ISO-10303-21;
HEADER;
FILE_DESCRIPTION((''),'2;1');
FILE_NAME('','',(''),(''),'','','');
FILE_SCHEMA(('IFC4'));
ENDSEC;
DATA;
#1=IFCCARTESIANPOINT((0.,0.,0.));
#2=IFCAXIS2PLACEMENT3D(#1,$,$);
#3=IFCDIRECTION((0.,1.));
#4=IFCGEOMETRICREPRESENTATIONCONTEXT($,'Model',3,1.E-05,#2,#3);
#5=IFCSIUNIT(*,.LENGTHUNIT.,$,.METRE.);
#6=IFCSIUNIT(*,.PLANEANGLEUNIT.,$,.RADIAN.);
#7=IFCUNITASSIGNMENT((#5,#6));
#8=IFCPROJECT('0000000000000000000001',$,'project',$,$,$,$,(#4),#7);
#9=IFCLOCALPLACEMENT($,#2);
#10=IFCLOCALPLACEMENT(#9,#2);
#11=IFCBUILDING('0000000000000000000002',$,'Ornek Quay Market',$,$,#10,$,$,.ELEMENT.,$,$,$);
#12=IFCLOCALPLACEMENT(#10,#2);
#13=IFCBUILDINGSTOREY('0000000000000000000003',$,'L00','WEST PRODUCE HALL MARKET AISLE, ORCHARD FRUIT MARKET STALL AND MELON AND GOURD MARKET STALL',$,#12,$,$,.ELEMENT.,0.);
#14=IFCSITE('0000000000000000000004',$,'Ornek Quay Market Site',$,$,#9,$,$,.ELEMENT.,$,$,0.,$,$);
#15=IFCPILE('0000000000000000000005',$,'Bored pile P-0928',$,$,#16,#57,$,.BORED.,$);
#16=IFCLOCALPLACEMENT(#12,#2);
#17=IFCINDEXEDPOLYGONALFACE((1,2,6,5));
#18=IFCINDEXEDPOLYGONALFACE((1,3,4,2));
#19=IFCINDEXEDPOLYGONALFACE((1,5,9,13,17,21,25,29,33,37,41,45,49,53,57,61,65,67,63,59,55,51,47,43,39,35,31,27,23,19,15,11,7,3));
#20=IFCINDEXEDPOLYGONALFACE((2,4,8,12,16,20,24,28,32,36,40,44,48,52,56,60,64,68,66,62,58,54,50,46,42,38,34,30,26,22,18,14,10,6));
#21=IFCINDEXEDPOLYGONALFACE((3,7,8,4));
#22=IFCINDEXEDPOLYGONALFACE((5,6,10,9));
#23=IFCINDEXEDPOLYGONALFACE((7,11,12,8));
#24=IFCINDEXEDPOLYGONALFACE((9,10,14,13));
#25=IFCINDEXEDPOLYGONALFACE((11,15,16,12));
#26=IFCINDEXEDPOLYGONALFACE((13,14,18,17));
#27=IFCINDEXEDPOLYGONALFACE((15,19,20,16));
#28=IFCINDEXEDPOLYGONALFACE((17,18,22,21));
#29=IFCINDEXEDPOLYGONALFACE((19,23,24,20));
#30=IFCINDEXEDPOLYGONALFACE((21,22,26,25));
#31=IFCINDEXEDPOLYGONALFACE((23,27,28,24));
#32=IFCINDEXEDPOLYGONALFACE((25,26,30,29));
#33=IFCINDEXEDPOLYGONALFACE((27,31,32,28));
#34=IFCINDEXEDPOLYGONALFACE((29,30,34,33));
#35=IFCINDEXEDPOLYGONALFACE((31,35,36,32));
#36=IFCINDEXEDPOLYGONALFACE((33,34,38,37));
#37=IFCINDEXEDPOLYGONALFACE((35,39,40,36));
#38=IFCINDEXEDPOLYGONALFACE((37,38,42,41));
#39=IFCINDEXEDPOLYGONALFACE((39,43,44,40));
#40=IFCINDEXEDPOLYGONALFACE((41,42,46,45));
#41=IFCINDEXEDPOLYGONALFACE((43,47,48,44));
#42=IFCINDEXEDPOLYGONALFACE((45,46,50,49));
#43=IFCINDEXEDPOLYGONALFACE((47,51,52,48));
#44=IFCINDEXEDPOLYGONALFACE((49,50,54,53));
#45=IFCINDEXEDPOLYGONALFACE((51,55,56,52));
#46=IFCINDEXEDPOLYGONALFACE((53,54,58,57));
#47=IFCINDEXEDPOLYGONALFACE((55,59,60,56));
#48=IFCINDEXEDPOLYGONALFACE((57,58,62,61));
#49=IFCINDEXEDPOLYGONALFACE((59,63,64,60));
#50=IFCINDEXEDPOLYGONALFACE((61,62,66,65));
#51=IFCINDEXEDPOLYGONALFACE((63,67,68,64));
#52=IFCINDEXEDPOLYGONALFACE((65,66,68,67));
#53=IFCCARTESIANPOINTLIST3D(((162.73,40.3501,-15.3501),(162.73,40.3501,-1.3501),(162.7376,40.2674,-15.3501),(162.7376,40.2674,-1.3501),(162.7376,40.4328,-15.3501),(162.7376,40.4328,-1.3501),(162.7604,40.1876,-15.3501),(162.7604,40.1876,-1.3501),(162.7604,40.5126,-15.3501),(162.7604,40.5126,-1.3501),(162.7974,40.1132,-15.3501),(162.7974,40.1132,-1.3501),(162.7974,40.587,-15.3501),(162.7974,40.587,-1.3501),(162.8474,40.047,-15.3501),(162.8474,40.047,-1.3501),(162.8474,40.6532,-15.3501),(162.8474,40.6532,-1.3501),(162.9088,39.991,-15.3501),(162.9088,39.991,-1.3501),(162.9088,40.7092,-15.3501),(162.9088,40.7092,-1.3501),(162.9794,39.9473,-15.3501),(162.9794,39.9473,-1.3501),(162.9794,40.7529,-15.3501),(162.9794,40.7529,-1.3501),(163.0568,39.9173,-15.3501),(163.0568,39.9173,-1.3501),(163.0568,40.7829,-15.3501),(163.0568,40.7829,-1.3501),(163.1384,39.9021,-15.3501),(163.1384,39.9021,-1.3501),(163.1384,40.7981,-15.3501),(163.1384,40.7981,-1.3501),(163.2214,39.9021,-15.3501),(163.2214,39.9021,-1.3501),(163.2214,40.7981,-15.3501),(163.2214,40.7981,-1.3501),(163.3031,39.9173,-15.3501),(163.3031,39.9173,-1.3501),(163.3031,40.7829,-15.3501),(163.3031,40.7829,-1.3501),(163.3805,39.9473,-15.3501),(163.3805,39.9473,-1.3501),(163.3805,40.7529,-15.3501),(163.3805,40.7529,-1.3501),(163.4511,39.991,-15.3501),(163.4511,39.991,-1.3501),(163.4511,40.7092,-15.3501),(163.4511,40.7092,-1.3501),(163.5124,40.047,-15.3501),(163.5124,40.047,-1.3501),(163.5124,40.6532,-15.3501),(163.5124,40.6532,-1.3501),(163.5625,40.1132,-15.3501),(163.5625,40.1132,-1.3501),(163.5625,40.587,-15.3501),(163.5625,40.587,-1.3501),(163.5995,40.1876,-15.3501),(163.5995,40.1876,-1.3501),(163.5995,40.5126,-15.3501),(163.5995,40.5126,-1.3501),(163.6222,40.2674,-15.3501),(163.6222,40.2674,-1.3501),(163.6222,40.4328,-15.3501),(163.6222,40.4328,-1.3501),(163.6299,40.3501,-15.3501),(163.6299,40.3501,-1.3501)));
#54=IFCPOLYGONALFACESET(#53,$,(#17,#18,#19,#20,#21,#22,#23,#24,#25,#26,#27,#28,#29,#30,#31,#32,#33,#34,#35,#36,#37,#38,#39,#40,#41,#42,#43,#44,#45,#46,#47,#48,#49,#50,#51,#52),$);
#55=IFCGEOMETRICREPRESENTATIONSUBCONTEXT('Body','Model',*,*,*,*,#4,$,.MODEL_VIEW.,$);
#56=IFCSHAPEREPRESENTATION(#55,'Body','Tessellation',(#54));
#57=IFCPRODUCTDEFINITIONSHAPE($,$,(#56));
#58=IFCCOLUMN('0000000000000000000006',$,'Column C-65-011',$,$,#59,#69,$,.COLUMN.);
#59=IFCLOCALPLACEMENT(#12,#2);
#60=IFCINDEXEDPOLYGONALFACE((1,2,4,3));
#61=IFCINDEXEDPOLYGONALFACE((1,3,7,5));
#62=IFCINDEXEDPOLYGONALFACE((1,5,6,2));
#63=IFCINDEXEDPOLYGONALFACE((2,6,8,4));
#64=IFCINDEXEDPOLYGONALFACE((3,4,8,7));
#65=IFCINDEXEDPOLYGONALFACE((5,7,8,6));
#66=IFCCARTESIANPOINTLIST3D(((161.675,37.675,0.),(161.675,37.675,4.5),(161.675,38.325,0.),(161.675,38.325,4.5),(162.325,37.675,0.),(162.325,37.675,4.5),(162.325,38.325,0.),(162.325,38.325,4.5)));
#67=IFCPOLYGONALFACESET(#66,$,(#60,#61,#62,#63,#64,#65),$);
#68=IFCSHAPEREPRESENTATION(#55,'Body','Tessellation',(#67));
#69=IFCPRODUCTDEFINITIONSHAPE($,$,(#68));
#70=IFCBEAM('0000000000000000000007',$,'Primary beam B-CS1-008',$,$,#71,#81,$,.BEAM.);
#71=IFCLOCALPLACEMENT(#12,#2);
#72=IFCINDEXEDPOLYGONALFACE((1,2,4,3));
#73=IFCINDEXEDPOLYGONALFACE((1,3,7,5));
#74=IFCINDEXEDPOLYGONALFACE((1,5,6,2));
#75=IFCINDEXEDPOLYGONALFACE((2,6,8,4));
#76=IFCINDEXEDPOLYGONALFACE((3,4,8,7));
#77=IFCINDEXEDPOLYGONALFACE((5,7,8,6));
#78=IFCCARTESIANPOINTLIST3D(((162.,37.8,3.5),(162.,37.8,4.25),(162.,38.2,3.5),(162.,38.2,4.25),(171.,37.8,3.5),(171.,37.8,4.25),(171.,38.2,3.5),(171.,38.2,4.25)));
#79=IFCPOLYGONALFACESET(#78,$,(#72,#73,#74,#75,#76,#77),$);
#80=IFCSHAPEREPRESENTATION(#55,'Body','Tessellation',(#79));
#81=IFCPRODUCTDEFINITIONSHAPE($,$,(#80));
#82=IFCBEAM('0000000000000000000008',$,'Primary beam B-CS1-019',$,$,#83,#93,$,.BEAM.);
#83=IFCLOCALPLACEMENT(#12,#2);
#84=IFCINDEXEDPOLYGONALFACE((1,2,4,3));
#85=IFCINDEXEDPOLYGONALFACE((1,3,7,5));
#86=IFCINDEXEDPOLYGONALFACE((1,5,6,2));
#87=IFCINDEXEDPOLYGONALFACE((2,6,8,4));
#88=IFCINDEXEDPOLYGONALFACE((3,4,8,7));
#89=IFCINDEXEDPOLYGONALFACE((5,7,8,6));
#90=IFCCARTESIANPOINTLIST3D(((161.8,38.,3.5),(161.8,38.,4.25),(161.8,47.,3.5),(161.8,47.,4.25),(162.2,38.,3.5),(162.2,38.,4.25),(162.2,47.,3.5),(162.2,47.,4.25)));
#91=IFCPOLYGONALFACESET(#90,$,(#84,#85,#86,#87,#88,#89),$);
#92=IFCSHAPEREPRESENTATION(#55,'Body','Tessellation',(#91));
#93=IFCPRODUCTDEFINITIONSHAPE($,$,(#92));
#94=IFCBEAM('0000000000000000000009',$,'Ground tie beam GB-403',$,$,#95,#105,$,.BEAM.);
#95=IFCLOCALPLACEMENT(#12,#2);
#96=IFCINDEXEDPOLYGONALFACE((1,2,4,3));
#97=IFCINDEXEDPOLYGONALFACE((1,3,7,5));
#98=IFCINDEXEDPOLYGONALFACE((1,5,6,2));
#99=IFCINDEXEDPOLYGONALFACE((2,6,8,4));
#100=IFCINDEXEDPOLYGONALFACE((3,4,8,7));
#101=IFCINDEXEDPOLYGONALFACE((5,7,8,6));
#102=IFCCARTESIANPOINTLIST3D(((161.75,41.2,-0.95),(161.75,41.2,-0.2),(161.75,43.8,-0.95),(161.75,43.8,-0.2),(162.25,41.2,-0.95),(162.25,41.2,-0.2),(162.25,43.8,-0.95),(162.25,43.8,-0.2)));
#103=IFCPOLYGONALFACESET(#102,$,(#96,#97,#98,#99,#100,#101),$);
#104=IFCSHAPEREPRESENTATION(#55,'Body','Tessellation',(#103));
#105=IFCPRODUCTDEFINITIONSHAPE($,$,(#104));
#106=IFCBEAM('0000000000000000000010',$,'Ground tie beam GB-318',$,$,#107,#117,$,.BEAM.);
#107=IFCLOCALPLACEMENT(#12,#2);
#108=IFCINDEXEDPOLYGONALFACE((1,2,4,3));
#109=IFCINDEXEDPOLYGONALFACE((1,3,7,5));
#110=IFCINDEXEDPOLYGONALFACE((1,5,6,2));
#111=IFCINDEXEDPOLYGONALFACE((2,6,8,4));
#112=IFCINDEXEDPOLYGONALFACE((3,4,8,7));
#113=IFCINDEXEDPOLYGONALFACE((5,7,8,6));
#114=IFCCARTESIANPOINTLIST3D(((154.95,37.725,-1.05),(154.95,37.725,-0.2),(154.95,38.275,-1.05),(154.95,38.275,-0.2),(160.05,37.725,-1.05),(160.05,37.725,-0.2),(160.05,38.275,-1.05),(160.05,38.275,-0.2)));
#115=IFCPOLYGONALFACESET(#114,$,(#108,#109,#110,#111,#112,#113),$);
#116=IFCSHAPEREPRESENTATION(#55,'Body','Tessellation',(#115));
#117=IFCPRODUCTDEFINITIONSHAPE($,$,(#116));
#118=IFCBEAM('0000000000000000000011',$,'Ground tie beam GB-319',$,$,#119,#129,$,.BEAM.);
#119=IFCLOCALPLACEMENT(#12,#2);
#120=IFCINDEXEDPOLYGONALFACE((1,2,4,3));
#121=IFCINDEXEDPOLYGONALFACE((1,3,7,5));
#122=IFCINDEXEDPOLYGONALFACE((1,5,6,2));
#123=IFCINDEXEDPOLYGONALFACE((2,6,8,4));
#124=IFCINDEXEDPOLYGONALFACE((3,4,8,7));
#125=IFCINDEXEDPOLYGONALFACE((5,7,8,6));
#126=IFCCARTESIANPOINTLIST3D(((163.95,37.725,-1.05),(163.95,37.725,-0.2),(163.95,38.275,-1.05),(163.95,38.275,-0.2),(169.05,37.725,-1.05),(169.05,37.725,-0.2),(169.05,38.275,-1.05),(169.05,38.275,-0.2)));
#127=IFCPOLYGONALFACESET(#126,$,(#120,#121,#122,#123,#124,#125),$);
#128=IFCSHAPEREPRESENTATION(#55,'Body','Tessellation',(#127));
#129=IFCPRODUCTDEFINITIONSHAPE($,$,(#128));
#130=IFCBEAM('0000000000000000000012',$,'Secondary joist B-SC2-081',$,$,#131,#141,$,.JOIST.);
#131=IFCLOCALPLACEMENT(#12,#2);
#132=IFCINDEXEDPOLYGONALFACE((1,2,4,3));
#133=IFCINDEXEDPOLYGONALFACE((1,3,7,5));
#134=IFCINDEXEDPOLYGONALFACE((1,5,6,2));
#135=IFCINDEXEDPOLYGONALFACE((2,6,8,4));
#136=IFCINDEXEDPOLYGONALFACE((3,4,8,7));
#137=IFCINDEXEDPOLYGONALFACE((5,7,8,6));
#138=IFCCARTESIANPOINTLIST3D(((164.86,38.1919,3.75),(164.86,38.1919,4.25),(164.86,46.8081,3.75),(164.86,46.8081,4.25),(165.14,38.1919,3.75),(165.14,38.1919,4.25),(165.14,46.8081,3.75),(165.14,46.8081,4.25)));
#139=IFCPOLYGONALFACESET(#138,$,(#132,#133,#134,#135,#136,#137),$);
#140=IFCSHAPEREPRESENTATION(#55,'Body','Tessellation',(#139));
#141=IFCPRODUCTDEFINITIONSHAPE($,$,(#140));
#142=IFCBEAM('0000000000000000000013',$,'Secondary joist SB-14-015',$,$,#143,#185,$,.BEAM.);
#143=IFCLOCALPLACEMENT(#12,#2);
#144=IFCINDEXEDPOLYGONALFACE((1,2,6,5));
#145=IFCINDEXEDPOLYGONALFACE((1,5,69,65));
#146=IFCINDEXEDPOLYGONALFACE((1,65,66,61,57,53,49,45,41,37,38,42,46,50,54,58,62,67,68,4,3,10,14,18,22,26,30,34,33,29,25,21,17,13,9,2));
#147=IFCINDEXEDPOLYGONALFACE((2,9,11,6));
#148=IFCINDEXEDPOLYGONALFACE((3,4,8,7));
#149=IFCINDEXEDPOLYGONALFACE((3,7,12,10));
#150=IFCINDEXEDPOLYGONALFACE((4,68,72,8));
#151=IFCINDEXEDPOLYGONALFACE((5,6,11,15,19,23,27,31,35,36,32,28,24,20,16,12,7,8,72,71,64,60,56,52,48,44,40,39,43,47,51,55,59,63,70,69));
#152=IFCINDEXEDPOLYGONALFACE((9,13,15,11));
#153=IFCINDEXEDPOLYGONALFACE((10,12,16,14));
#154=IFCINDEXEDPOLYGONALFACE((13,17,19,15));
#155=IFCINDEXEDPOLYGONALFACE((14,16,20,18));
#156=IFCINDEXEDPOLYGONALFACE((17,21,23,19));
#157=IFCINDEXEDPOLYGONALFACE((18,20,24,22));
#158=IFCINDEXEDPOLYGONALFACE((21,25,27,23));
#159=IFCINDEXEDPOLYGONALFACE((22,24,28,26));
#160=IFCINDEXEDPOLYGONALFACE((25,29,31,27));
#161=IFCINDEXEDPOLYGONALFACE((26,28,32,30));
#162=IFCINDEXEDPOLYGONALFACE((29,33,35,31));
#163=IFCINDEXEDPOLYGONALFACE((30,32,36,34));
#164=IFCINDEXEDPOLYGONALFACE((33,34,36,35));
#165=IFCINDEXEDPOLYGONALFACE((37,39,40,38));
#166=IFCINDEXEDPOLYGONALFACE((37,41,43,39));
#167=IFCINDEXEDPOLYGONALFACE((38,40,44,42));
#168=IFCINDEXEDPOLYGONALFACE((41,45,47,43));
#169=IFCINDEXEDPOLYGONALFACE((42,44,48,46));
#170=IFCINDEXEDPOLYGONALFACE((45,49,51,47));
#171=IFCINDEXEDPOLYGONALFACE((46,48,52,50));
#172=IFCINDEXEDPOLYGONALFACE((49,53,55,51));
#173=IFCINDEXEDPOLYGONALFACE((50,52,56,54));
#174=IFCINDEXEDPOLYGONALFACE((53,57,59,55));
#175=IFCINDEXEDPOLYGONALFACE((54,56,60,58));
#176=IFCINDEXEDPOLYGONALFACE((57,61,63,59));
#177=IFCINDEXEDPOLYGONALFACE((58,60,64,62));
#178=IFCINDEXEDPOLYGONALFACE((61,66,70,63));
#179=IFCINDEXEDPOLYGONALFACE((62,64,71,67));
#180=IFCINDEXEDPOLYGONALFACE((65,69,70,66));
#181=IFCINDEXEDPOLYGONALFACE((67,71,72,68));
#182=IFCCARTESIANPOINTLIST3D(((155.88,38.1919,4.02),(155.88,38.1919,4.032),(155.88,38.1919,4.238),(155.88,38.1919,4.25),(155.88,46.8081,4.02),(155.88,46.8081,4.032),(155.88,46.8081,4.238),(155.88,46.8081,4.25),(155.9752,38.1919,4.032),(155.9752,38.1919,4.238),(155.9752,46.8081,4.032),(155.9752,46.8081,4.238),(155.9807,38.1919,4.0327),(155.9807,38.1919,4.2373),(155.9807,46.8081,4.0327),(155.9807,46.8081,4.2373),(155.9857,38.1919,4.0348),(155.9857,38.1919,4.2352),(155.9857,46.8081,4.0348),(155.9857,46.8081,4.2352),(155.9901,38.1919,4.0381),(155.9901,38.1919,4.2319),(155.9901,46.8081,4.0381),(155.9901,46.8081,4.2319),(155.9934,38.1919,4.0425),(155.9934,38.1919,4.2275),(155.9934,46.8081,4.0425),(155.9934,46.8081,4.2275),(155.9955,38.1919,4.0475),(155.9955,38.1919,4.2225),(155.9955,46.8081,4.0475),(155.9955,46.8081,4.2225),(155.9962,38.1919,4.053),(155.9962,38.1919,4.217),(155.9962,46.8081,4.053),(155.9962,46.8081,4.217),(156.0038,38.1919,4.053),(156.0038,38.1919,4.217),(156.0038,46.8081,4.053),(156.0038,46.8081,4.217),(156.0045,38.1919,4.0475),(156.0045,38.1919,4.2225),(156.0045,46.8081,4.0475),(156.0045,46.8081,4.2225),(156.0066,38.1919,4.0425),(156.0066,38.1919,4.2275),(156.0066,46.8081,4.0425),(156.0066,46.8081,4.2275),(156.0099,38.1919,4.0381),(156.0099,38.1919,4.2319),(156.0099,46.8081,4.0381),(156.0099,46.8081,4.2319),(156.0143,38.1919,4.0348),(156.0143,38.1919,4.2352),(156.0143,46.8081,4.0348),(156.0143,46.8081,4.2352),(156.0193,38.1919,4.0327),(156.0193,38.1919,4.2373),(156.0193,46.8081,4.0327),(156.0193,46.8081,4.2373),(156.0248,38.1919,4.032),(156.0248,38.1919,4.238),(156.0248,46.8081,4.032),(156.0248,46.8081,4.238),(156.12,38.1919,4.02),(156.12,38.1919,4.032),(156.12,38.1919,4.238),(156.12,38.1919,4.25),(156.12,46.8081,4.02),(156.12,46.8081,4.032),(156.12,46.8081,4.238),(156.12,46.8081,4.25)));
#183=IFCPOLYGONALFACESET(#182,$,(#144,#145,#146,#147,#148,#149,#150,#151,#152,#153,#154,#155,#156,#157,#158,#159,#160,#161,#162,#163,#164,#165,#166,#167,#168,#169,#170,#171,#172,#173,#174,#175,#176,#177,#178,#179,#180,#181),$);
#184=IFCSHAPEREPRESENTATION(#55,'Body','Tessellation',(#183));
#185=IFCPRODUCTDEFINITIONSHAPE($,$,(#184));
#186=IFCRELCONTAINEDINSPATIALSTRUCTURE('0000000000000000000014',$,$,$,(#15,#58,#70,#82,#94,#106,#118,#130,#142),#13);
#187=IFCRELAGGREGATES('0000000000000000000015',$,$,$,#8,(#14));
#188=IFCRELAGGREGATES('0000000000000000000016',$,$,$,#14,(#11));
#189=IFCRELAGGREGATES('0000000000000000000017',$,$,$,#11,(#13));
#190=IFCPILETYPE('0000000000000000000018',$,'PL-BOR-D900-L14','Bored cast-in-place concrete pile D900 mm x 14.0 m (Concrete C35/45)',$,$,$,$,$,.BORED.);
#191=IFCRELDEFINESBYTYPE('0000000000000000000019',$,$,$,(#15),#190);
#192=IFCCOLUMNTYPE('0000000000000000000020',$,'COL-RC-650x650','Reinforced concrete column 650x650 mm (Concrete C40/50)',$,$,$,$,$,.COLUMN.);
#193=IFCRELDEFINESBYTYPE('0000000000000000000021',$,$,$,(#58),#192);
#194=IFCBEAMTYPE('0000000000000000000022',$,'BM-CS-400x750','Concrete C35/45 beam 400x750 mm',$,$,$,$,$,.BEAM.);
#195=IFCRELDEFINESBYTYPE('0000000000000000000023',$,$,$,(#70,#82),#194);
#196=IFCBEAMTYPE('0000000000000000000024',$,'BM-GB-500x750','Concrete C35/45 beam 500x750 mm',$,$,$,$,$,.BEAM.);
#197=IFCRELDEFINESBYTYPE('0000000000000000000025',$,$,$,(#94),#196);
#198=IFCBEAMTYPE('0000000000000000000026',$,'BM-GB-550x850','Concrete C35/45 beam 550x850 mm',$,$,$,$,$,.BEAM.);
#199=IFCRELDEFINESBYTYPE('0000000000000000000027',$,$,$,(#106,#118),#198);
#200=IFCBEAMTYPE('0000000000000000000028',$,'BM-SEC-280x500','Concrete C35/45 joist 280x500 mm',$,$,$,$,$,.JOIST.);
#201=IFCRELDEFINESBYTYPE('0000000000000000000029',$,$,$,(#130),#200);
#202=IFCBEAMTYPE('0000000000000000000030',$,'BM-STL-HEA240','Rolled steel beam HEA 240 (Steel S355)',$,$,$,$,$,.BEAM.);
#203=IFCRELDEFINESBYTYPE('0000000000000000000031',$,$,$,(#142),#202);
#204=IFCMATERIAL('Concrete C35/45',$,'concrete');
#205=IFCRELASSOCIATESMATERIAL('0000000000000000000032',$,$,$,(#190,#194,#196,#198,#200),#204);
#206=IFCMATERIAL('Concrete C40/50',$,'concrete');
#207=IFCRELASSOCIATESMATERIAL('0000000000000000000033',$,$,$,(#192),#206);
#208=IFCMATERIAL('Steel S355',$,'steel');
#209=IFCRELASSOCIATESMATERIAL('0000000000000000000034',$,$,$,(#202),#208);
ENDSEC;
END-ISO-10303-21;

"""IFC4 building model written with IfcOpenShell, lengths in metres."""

from ifc_helpers import new_model, si_unit, direction, frame, origin, origin_2d, place, context, subcontext, project, spatial, rectangle, circle, i_section, extrude, material, material_profile, profile_set, type_object, element, save


model = new_model("IFC4")

# Units and contexts
model_context = context("Model", 3, precision=1e-05, world=origin(), true_north=direction((0.0, 1.0)))
body_context = subcontext(model_context, "Body", "Model", "MODEL_VIEW")
ifc_project = project(units=[si_unit("LENGTHUNIT", "METRE"), si_unit("PLANEANGLEUNIT", "RADIAN")], contexts=[model_context])

# Site, building, storey
site_placement = place(None, origin())
site = spatial("IfcSite", under=ifc_project, at=site_placement, Name="Ornek Quay Market Site", CompositionType="ELEMENT", RefElevation=0.0)
building_placement = place(site_placement, origin())
building = spatial("IfcBuilding", under=site, at=building_placement, Name="Ornek Quay Market", CompositionType="ELEMENT")
storey_placement = place(building_placement, origin())
storey = spatial("IfcBuildingStorey", under=building, at=storey_placement, Name="L00", Description="WEST PRODUCE HALL MARKET AISLE, ORCHARD FRUIT MARKET STALL AND MELON AND GOURD MARKET STALL", CompositionType="ELEMENT", Elevation=0.0)

# Pile
ifc_material_1 = material(Name="Concrete C35/45", Category="concrete")
ifc_material_profile_1 = material_profile(ifc_material_1, circle(Radius=0.45, at=origin_2d()), Name="PILE D900", Category="concrete")
ifc_profile_set_1 = profile_set([ifc_material_profile_1], Name="Concrete C35/45")
pile_type = type_object("IfcPileType", Name="PL-BOR-D900-L14", Description="Bored cast-in-place concrete pile D900 mm x 14.0 m (Concrete C35/45)", PredefinedType="BORED", material=ifc_profile_set_1)
for number, where, z_axis, x_axis, name in (
    (1, (163.1799, 40.3501, -1.3501), (0.0, 0.0, -1.0), (1.0, 0.0, 0.0), "Bored pile P-0928"),
):
    element("IfcPile", number, at=place(storey_placement, frame(where, z_axis=z_axis, x_axis=x_axis)), inside=storey, type_object=pile_type, Name=name, PredefinedType="BORED", context=body_context, shape_type="SweptSolid", body=[
        extrude(circle(Radius=0.45, at=origin_2d()), origin(), (0.0, 0.0, 1.0), 14.0),
    ])

# Column
ifc_material_2 = material(Name="Concrete C40/50", Category="concrete")
ifc_material_profile_2 = material_profile(ifc_material_2, rectangle(XDim=0.6499, YDim=0.6499, at=origin_2d()), Name="RC 650x650", Category="concrete")
ifc_profile_set_2 = profile_set([ifc_material_profile_2], Name="Concrete C40/50")
column_type = type_object("IfcColumnType", Name="COL-RC-650x650", Description="Reinforced concrete column 650x650 mm (Concrete C40/50)", PredefinedType="COLUMN", material=ifc_profile_set_2)
column_placement = place(storey_placement, frame((162.0, 38.0, 0.0), z_axis=(0.0, 0.0, 1.0), x_axis=(1.0, 0.0, 0.0)))
element("IfcColumn", 2, at=column_placement, inside=storey, type_object=column_type, Name="Column C-65-011", PredefinedType="COLUMN", context=body_context, shape_type="SweptSolid", body=[
    extrude(rectangle(XDim=0.6499, YDim=0.6499, at=origin_2d()), origin(), (0.0, 0.0, 1.0), 4.5),
])

# Beams
ifc_material_profile_3 = material_profile(ifc_material_1, rectangle(XDim=0.3999, YDim=0.75, at=origin_2d()), Name="RC 400x750", Category="concrete")
ifc_profile_set_3 = profile_set([ifc_material_profile_3], Name="Concrete C35/45")
beam_type_1 = type_object("IfcBeamType", Name="BM-CS-400x750", Description="Concrete C35/45 beam 400x750 mm", PredefinedType="BEAM", material=ifc_profile_set_3)
for number, where, z_axis, x_axis, name in (
    (3, (162.0, 38.0, 3.875), (1.0, 0.0, 0.0), (0.0, 1.0, 0.0), "Primary beam B-CS1-008"),
    (4, (162.0, 38.0, 3.875), (0.0, 1.0, 0.0), (-1.0, 0.0, 0.0), "Primary beam B-CS1-019"),
):
    element("IfcBeam", number, at=place(storey_placement, frame(where, z_axis=z_axis, x_axis=x_axis)), inside=storey, type_object=beam_type_1, Name=name, PredefinedType="BEAM", context=body_context, shape_type="SweptSolid", body=[
        extrude(rectangle(XDim=0.3999, YDim=0.75, at=origin_2d()), origin(), (0.0, 0.0, 1.0), 9.0),
    ])
ifc_material_profile_4 = material_profile(ifc_material_1, rectangle(XDim=0.5, YDim=0.75, at=origin_2d()), Name="RC 500x750", Category="concrete")
ifc_profile_set_4 = profile_set([ifc_material_profile_4], Name="Concrete C35/45")
beam_type_2 = type_object("IfcBeamType", Name="BM-GB-500x750", Description="Concrete C35/45 beam 500x750 mm", PredefinedType="BEAM", material=ifc_profile_set_4)
beam_1_placement = place(storey_placement, frame((162.0, 41.2, -0.575), z_axis=(0.0, 1.0, 0.0), x_axis=(-1.0, 0.0, 0.0)))
element("IfcBeam", 5, at=beam_1_placement, inside=storey, type_object=beam_type_2, Name="Ground tie beam GB-403", PredefinedType="BEAM", context=body_context, shape_type="SweptSolid", body=[
    extrude(rectangle(XDim=0.5, YDim=0.75, at=origin_2d()), origin(), (0.0, 0.0, 1.0), 2.6001),
])
ifc_material_profile_5 = material_profile(ifc_material_1, rectangle(XDim=0.55, YDim=0.8501, at=origin_2d()), Name="RC 550x850", Category="concrete")
ifc_profile_set_5 = profile_set([ifc_material_profile_5], Name="Concrete C35/45")
beam_type_3 = type_object("IfcBeamType", Name="BM-GB-550x850", Description="Concrete C35/45 beam 550x850 mm", PredefinedType="BEAM", material=ifc_profile_set_5)
for number, where, z_axis, x_axis, name in (
    (6, (154.95, 38.0, -0.625), (1.0, 0.0, 0.0), (0.0, 1.0, 0.0), "Ground tie beam GB-318"),
    (7, (163.95, 38.0, -0.625), (1.0, 0.0, 0.0), (0.0, 1.0, 0.0), "Ground tie beam GB-319"),
):
    element("IfcBeam", number, at=place(storey_placement, frame(where, z_axis=z_axis, x_axis=x_axis)), inside=storey, type_object=beam_type_3, Name=name, PredefinedType="BEAM", context=body_context, shape_type="SweptSolid", body=[
        extrude(rectangle(XDim=0.55, YDim=0.8501, at=origin_2d()), origin(), (0.0, 0.0, 1.0), 5.1001),
    ])
ifc_material_profile_6 = material_profile(ifc_material_1, rectangle(XDim=0.28, YDim=0.5, at=origin_2d()), Name="RC 280x500", Category="concrete")
ifc_profile_set_6 = profile_set([ifc_material_profile_6], Name="Concrete C35/45")
beam_type_4 = type_object("IfcBeamType", Name="BM-SEC-280x500", Description="Concrete C35/45 joist 280x500 mm", PredefinedType="JOIST", material=ifc_profile_set_6)
beam_2_placement = place(storey_placement, frame((165.0, 38.1919, 4.0), z_axis=(0.0, 1.0, 0.0), x_axis=(-1.0, 0.0, 0.0)))
element("IfcBeam", 8, at=beam_2_placement, inside=storey, type_object=beam_type_4, Name="Secondary joist B-SC2-081", PredefinedType="JOIST", context=body_context, shape_type="SweptSolid", body=[
    extrude(rectangle(XDim=0.28, YDim=0.5, at=origin_2d()), origin(), (0.0, 0.0, 1.0), 8.6162),
])
ifc_material_3 = material(Name="Steel S355", Category="steel")
ifc_material_profile_7 = material_profile(ifc_material_3, i_section(OverallWidth=0.24, OverallDepth=0.23, WebThickness=0.0076, FlangeThickness=0.012, FilletRadius=0.021, at=origin_2d()), Name="HEA 240", Category="steel")
ifc_profile_set_7 = profile_set([ifc_material_profile_7], Name="Steel S355")
beam_type_5 = type_object("IfcBeamType", Name="BM-STL-HEA240", Description="Rolled steel beam HEA 240 (Steel S355)", PredefinedType="BEAM", material=ifc_profile_set_7)
for number, where, z_axis, x_axis, name in (
    (9, (156.0, 38.1919, 4.135), (0.0, 1.0, 0.0), (-1.0, 0.0, 0.0), "Secondary joist SB-14-015"),
):
    element("IfcBeam", number, at=place(storey_placement, frame(where, z_axis=z_axis, x_axis=x_axis)), inside=storey, type_object=beam_type_5, Name=name, PredefinedType="BEAM", context=body_context, shape_type="SweptSolid", body=[
        extrude(i_section(OverallWidth=0.24, OverallDepth=0.23, WebThickness=0.0076, FlangeThickness=0.012, FilletRadius=0.021, at=origin_2d()), origin(), (0.0, 0.0, 1.0), 8.6162),
    ])

save(model, "model.ifc")
